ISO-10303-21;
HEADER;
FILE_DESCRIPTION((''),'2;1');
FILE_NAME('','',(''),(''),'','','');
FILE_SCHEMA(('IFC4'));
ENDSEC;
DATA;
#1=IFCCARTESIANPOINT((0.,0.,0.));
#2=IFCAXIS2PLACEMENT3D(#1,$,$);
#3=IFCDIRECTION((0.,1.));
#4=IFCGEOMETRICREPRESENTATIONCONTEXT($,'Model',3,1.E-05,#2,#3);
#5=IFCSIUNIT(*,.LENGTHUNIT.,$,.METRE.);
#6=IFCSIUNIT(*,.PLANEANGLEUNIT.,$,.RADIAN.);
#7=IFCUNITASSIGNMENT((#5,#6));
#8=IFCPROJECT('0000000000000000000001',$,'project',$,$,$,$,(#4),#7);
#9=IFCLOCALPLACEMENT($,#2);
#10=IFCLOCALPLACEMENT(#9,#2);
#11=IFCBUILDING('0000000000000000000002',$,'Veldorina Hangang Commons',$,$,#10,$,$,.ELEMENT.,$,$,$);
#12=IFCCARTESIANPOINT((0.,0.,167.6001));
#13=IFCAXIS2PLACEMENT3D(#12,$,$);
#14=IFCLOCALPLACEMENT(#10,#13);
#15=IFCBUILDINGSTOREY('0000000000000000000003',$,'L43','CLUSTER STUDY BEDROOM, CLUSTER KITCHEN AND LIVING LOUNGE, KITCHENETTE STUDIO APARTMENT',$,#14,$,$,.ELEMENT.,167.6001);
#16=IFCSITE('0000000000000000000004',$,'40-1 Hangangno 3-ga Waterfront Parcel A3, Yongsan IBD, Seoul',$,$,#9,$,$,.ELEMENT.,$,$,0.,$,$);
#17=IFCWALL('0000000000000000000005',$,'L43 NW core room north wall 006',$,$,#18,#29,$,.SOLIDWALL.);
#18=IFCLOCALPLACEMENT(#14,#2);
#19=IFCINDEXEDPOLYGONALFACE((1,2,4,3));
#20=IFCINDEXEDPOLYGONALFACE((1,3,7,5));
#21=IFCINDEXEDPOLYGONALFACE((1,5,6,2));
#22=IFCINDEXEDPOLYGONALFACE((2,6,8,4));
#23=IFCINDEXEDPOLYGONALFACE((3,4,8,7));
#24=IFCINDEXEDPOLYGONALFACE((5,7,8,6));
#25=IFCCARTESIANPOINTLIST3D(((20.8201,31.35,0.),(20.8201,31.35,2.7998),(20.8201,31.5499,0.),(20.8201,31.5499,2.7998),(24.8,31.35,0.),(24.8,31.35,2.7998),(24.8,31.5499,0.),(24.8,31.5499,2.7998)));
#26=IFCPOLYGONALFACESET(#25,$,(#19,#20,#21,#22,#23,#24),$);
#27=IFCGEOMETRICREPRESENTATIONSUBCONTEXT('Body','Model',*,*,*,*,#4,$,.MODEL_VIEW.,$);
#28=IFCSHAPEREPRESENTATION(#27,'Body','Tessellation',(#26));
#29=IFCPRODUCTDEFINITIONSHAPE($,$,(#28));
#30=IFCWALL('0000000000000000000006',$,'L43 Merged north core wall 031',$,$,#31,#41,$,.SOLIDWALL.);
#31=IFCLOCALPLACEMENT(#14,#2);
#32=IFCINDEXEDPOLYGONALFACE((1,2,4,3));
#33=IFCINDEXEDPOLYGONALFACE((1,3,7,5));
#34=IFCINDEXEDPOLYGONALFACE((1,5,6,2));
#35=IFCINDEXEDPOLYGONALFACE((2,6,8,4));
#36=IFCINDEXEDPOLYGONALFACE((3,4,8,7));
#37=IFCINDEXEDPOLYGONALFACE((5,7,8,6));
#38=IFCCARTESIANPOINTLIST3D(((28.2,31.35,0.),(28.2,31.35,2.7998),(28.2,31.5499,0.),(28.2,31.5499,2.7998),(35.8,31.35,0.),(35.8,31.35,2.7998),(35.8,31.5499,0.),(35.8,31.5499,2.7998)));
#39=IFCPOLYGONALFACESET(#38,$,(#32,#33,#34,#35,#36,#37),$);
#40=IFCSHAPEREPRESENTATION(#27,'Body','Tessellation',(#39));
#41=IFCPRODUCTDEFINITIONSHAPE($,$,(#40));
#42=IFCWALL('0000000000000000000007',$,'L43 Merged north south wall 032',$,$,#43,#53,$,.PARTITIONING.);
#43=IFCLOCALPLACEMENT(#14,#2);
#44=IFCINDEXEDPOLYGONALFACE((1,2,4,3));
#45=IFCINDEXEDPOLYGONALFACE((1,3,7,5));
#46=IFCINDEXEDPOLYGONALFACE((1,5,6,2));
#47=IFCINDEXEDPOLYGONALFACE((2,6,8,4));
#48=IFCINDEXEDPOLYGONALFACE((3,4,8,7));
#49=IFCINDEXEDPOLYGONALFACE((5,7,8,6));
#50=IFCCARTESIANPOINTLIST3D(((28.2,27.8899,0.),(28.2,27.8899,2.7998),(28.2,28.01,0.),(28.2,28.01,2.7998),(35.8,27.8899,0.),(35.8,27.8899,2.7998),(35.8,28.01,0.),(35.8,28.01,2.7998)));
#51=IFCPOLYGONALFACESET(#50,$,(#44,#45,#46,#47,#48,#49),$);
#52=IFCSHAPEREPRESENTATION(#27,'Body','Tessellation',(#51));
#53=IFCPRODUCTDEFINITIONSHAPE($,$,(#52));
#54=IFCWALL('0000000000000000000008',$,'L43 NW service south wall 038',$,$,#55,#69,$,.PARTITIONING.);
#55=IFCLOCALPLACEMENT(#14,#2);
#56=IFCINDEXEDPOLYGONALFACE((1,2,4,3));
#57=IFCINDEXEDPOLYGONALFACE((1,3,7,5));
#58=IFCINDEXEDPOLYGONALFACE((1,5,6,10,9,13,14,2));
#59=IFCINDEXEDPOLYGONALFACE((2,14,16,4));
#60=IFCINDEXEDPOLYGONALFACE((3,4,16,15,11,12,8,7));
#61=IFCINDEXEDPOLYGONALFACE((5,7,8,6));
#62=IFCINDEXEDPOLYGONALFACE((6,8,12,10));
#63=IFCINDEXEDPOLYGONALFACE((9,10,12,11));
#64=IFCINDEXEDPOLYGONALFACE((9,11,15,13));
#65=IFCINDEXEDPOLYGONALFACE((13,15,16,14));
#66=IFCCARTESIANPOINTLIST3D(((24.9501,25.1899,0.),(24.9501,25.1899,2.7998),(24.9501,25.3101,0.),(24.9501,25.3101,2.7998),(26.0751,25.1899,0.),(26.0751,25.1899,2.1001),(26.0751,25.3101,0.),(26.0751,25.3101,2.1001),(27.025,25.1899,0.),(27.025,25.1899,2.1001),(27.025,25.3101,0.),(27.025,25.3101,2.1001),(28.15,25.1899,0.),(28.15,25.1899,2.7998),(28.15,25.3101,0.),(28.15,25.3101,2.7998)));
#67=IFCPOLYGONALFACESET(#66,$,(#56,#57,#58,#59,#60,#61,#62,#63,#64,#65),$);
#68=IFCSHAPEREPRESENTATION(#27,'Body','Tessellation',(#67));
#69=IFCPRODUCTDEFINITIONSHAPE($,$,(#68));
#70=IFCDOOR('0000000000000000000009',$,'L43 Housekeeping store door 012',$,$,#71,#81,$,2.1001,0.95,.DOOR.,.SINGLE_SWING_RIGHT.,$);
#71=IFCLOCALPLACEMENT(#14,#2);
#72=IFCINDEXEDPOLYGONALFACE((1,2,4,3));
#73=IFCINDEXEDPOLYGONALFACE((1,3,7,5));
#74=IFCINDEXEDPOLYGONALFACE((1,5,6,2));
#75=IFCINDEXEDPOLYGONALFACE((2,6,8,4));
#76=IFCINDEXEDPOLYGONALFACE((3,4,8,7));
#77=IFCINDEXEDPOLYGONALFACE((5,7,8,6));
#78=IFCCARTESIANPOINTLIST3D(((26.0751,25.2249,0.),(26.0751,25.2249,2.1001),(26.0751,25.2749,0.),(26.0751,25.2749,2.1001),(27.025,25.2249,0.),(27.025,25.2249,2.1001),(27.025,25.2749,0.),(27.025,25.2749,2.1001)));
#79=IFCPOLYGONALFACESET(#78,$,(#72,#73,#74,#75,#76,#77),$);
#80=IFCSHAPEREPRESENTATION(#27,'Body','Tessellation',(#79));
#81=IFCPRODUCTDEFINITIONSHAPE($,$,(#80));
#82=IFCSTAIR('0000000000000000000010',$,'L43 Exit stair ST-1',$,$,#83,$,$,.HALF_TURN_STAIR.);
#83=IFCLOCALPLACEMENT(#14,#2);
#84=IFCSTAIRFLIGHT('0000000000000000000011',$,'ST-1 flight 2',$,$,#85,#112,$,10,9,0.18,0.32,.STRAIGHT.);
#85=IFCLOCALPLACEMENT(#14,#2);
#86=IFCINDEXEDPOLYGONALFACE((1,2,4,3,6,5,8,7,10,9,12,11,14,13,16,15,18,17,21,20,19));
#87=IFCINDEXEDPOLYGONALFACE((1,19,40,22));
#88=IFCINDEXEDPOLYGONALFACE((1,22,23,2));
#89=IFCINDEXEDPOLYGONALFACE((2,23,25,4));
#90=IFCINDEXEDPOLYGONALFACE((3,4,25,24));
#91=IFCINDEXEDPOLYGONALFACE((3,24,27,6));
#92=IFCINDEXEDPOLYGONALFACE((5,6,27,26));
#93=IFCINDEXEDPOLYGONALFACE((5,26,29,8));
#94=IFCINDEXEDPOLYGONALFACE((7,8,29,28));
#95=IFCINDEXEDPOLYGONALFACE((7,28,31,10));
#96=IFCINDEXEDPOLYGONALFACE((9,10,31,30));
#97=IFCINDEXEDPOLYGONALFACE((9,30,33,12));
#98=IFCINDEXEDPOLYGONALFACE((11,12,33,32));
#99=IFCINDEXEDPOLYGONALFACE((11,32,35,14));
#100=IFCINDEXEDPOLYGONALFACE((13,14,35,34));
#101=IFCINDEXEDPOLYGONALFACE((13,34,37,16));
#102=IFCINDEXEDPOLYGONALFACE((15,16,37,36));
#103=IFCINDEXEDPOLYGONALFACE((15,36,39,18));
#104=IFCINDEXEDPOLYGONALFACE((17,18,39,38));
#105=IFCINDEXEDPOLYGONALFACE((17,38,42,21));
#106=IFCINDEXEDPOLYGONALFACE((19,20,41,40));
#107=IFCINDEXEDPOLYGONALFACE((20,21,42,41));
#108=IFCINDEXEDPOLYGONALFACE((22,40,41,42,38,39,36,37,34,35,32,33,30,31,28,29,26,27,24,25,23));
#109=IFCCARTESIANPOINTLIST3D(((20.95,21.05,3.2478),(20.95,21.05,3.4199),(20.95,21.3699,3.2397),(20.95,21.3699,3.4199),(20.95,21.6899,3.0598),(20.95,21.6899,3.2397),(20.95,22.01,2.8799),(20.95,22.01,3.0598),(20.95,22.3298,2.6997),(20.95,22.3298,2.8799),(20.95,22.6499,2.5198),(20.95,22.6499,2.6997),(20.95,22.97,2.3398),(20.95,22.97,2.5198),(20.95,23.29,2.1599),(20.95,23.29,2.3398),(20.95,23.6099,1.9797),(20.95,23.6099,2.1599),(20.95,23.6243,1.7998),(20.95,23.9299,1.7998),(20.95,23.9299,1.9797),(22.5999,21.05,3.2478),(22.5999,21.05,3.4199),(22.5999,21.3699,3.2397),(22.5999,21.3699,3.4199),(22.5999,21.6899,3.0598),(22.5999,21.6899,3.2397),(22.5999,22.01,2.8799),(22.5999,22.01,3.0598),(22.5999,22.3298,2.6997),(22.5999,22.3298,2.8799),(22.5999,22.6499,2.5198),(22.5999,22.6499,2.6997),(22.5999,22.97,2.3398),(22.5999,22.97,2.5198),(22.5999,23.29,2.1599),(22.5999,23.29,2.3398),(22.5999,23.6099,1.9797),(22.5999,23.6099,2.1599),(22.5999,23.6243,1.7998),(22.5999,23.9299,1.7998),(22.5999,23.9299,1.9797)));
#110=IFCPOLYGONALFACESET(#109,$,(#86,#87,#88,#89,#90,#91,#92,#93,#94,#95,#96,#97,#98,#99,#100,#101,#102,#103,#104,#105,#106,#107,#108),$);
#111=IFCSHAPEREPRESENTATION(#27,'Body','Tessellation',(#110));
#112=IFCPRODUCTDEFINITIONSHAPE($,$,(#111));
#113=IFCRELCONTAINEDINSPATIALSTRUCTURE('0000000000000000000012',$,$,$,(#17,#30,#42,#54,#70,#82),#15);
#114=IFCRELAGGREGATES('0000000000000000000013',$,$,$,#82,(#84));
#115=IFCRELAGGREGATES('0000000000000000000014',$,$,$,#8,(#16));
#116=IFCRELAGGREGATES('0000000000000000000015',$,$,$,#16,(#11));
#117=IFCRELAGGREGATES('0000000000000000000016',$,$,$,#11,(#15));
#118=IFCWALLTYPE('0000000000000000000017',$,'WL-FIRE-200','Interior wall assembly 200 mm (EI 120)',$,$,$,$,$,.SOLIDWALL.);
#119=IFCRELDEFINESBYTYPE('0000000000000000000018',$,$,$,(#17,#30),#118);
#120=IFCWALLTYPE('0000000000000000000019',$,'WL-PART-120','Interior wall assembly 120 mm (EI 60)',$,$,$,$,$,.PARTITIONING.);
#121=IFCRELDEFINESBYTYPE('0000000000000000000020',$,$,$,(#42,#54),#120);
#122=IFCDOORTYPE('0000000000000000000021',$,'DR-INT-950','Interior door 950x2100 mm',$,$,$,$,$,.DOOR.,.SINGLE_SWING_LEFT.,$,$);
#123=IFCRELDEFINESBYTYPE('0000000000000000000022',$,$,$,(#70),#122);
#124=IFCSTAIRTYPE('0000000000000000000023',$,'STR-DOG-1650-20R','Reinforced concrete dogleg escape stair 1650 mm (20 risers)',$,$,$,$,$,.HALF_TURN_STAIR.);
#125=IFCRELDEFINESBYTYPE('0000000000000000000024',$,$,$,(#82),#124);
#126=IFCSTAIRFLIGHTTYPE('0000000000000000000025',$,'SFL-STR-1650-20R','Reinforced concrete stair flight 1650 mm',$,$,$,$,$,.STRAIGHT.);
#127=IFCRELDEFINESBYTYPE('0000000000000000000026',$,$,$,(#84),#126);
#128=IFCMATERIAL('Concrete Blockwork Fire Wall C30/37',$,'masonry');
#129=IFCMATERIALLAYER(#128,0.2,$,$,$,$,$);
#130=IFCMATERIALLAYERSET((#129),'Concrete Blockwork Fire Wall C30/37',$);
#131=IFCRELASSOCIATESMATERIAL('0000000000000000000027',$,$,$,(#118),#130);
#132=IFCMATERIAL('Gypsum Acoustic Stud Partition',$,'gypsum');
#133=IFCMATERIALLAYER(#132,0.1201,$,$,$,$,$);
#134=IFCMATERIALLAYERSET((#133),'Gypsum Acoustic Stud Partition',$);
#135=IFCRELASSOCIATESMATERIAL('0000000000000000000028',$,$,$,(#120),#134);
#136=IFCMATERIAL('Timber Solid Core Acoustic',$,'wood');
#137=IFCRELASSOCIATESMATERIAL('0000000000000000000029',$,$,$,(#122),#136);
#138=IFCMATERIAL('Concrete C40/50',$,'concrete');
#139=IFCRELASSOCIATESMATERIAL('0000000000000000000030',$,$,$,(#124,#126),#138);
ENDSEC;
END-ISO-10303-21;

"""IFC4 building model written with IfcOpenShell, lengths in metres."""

from ifc_helpers import new_model, si_unit, direction, frame, frame_2d, origin, place, context, subcontext, project, spatial, polyline, rectangle, outline, extrude, material, layer, layer_set, type_object, element, fill, aggregate, save


model = new_model("IFC4")

# Units and contexts
model_context = context("Model", 3, precision=1e-05, world=origin(), true_north=direction((0.0, 1.0)))
body_context = subcontext(model_context, "Body", "Model", "MODEL_VIEW")
ifc_project = project(units=[si_unit("LENGTHUNIT", "METRE"), si_unit("PLANEANGLEUNIT", "RADIAN")], contexts=[model_context])

# Site, building, storey
site_placement = place(None, origin())
site = spatial("IfcSite", under=ifc_project, at=site_placement, Name="40-1 Hangangno 3-ga Waterfront Parcel A3, Yongsan IBD, Seoul", CompositionType="ELEMENT", RefElevation=0.0)
building_placement = place(site_placement, origin())
building = spatial("IfcBuilding", under=site, at=building_placement, Name="Veldorina Hangang Commons", CompositionType="ELEMENT")
storey_placement = place(building_placement, frame((0.0, 0.0, 167.6001)))
storey = spatial("IfcBuildingStorey", under=building, at=storey_placement, Name="L43", Description="CLUSTER STUDY BEDROOM, CLUSTER KITCHEN AND LIVING LOUNGE, KITCHENETTE STUDIO APARTMENT", CompositionType="ELEMENT", Elevation=167.6001)

# Shared definitions
ifc_material_1 = material(Name="Concrete Blockwork Fire Wall C30/37", Category="masonry")
ifc_layer_1 = layer(ifc_material_1, 0.2)
ifc_layer_set_1 = layer_set([ifc_layer_1], Name="Concrete Blockwork Fire Wall C30/37")
wall_type_1 = type_object("IfcWallType", Name="WL-FIRE-200", Description="Interior wall assembly 200 mm (EI 120)", PredefinedType="SOLIDWALL", material=ifc_layer_set_1)

# Walls
wall_1_placement = place(storey_placement, frame((20.8201, 31.45, 0.0), z_axis=(0.0, 0.0, 1.0), x_axis=(1.0, 0.0, 0.0)))
element("IfcWall", 1, at=wall_1_placement, inside=storey, type_object=wall_type_1, Name="L43 NW core room north wall 006", PredefinedType="SOLIDWALL", context=body_context, shape_type="SweptSolid", body=[
    extrude(rectangle(XDim=3.98, YDim=0.2, at=frame_2d((1.99, 0.0))), origin(), (0.0, 0.0, 1.0), 2.7998),
])
wall_2_placement = place(storey_placement, frame((28.2, 31.45, 0.0), z_axis=(0.0, 0.0, 1.0), x_axis=(1.0, 0.0, 0.0)))
element("IfcWall", 2, at=wall_2_placement, inside=storey, type_object=wall_type_1, Name="L43 Merged north core wall 031", PredefinedType="SOLIDWALL", context=body_context, shape_type="SweptSolid", body=[
    extrude(rectangle(XDim=7.6001, YDim=0.2, at=frame_2d((3.8, 0.0))), origin(), (0.0, 0.0, 1.0), 2.7998),
])
ifc_material_2 = material(Name="Gypsum Acoustic Stud Partition", Category="gypsum")
ifc_layer_2 = layer(ifc_material_2, 0.1201)
ifc_layer_set_2 = layer_set([ifc_layer_2], Name="Gypsum Acoustic Stud Partition")
wall_type_2 = type_object("IfcWallType", Name="WL-PART-120", Description="Interior wall assembly 120 mm (EI 60)", PredefinedType="PARTITIONING", material=ifc_layer_set_2)
wall_3_placement = place(storey_placement, frame((28.2, 27.95, 0.0), z_axis=(0.0, 0.0, 1.0), x_axis=(1.0, 0.0, 0.0)))
element("IfcWall", 3, at=wall_3_placement, inside=storey, type_object=wall_type_2, Name="L43 Merged north south wall 032", PredefinedType="PARTITIONING", context=body_context, shape_type="SweptSolid", body=[
    extrude(rectangle(XDim=7.6001, YDim=0.1201, at=frame_2d((3.8, 0.0))), origin(), (0.0, 0.0, 1.0), 2.7998),
])

# Wall, opening, door
wall_4_placement = place(storey_placement, frame((24.95, 25.25, 0.0), z_axis=(0.0, 0.0, 1.0), x_axis=(1.0, 0.0, 0.0)))
wall_4 = element("IfcWall", 4, at=wall_4_placement, inside=storey, type_object=wall_type_2, Name="L43 NW service south wall 038", PredefinedType="PARTITIONING", context=body_context, shape_type="SweptSolid", body=[
    extrude(rectangle(XDim=3.2, YDim=0.1201, at=frame_2d((1.6001, 0.0))), origin(), (0.0, 0.0, 1.0), 2.7998),
])
opening_1_placement = place(wall_4_placement, frame((1.125, 0.0, 0.0)))
opening_1 = element("IfcOpeningElement", 5, at=opening_1_placement, cuts=wall_4, PredefinedType="OPENING", context=body_context, shape_type="SweptSolid", body=[
    extrude(rectangle(XDim=0.95, YDim=2.1001, at=frame_2d((0.4751, 1.05))), frame((0.0, 0.0701, 0.0), z_axis=(0.0, -1.0, 0.0), x_axis=(1.0, 0.0, 0.0)), (0.0, 0.0, 1.0), 0.1401),
])
ifc_material_3 = material(Name="Timber Solid Core Acoustic", Category="wood")
door_type_1 = type_object("IfcDoorType", Name="DR-INT-950", Description="Interior door 950x2100 mm", OperationType="SINGLE_SWING_LEFT", PredefinedType="DOOR", material=ifc_material_3)
door_1_placement = place(opening_1_placement, origin())
door_1 = element("IfcDoor", 6, at=door_1_placement, inside=storey, type_object=door_type_1, Name="L43 Housekeeping store door 012", OperationType="SINGLE_SWING_RIGHT", OverallHeight=2.1001, OverallWidth=0.95, PredefinedType="DOOR", context=body_context, shape_type="SweptSolid", body=[
    extrude(rectangle(XDim=0.95, YDim=2.1001, at=frame_2d((0.4751, 1.05))), frame((0.0, 0.0249, 0.0), z_axis=(0.0, -1.0, 0.0), x_axis=(1.0, 0.0, 0.0)), (0.0, 0.0, 1.0), 0.05),
])
fill(opening_1, door_1)

# Stair, stair flight
ifc_material_4 = material(Name="Concrete C40/50", Category="concrete")
stair_type = type_object("IfcStairType", Name="STR-DOG-1650-20R", Description="Reinforced concrete dogleg escape stair 1650 mm (20 risers)", PredefinedType="HALF_TURN_STAIR", material=ifc_material_4)
stair_placement = place(storey_placement, origin())
stair = element("IfcStair", 7, at=stair_placement, inside=storey, type_object=stair_type, Name="L43 Exit stair ST-1", PredefinedType="HALF_TURN_STAIR")
stair_flight_type = type_object("IfcStairFlightType", Name="SFL-STR-1650-20R", Description="Reinforced concrete stair flight 1650 mm", PredefinedType="STRAIGHT", material=ifc_material_4)
stair_flight_placement = place(storey_placement, frame((21.7749, 23.9299, 1.7998), z_axis=(0.0, 0.0, 1.0), x_axis=(0.0, -1.0, 0.0)))
stair_flight = element("IfcStairFlight", 8, at=stair_flight_placement, type_object=stair_flight_type, Name="ST-1 flight 2", NumberOfRisers=10, NumberOfTreads=9, PredefinedType="STRAIGHT", RiserHeight=0.18, TreadLength=0.32, context=body_context, shape_type="SweptSolid", body=[
    extrude(outline(polyline([(0.0, 0.0), (0.0, 0.1799), (0.3201, 0.1799), (0.3201, 0.3601), (0.6399, 0.3601), (0.6399, 0.54), (0.96, 0.54), (0.96, 0.72), (1.28, 0.72), (1.28, 0.8999), (1.6001, 0.8999), (1.6001, 1.0801), (1.9199, 1.0801), (1.9199, 1.26), (2.24, 1.26), (2.24, 1.4399), (2.5601, 1.4399), (2.5601, 1.6201), (2.8799, 1.6201), (2.8799, 1.8), (2.8799, 1.448), (0.3057, 0.0), (0.0, 0.0)])), frame((0.0, 0.825, 0.0), z_axis=(0.0, -1.0, 0.0), x_axis=(1.0, 0.0, 0.0)), (0.0, 0.0, 1.0), 1.6499),
])
aggregate(stair, [stair_flight])

save(model, "model.ifc")
